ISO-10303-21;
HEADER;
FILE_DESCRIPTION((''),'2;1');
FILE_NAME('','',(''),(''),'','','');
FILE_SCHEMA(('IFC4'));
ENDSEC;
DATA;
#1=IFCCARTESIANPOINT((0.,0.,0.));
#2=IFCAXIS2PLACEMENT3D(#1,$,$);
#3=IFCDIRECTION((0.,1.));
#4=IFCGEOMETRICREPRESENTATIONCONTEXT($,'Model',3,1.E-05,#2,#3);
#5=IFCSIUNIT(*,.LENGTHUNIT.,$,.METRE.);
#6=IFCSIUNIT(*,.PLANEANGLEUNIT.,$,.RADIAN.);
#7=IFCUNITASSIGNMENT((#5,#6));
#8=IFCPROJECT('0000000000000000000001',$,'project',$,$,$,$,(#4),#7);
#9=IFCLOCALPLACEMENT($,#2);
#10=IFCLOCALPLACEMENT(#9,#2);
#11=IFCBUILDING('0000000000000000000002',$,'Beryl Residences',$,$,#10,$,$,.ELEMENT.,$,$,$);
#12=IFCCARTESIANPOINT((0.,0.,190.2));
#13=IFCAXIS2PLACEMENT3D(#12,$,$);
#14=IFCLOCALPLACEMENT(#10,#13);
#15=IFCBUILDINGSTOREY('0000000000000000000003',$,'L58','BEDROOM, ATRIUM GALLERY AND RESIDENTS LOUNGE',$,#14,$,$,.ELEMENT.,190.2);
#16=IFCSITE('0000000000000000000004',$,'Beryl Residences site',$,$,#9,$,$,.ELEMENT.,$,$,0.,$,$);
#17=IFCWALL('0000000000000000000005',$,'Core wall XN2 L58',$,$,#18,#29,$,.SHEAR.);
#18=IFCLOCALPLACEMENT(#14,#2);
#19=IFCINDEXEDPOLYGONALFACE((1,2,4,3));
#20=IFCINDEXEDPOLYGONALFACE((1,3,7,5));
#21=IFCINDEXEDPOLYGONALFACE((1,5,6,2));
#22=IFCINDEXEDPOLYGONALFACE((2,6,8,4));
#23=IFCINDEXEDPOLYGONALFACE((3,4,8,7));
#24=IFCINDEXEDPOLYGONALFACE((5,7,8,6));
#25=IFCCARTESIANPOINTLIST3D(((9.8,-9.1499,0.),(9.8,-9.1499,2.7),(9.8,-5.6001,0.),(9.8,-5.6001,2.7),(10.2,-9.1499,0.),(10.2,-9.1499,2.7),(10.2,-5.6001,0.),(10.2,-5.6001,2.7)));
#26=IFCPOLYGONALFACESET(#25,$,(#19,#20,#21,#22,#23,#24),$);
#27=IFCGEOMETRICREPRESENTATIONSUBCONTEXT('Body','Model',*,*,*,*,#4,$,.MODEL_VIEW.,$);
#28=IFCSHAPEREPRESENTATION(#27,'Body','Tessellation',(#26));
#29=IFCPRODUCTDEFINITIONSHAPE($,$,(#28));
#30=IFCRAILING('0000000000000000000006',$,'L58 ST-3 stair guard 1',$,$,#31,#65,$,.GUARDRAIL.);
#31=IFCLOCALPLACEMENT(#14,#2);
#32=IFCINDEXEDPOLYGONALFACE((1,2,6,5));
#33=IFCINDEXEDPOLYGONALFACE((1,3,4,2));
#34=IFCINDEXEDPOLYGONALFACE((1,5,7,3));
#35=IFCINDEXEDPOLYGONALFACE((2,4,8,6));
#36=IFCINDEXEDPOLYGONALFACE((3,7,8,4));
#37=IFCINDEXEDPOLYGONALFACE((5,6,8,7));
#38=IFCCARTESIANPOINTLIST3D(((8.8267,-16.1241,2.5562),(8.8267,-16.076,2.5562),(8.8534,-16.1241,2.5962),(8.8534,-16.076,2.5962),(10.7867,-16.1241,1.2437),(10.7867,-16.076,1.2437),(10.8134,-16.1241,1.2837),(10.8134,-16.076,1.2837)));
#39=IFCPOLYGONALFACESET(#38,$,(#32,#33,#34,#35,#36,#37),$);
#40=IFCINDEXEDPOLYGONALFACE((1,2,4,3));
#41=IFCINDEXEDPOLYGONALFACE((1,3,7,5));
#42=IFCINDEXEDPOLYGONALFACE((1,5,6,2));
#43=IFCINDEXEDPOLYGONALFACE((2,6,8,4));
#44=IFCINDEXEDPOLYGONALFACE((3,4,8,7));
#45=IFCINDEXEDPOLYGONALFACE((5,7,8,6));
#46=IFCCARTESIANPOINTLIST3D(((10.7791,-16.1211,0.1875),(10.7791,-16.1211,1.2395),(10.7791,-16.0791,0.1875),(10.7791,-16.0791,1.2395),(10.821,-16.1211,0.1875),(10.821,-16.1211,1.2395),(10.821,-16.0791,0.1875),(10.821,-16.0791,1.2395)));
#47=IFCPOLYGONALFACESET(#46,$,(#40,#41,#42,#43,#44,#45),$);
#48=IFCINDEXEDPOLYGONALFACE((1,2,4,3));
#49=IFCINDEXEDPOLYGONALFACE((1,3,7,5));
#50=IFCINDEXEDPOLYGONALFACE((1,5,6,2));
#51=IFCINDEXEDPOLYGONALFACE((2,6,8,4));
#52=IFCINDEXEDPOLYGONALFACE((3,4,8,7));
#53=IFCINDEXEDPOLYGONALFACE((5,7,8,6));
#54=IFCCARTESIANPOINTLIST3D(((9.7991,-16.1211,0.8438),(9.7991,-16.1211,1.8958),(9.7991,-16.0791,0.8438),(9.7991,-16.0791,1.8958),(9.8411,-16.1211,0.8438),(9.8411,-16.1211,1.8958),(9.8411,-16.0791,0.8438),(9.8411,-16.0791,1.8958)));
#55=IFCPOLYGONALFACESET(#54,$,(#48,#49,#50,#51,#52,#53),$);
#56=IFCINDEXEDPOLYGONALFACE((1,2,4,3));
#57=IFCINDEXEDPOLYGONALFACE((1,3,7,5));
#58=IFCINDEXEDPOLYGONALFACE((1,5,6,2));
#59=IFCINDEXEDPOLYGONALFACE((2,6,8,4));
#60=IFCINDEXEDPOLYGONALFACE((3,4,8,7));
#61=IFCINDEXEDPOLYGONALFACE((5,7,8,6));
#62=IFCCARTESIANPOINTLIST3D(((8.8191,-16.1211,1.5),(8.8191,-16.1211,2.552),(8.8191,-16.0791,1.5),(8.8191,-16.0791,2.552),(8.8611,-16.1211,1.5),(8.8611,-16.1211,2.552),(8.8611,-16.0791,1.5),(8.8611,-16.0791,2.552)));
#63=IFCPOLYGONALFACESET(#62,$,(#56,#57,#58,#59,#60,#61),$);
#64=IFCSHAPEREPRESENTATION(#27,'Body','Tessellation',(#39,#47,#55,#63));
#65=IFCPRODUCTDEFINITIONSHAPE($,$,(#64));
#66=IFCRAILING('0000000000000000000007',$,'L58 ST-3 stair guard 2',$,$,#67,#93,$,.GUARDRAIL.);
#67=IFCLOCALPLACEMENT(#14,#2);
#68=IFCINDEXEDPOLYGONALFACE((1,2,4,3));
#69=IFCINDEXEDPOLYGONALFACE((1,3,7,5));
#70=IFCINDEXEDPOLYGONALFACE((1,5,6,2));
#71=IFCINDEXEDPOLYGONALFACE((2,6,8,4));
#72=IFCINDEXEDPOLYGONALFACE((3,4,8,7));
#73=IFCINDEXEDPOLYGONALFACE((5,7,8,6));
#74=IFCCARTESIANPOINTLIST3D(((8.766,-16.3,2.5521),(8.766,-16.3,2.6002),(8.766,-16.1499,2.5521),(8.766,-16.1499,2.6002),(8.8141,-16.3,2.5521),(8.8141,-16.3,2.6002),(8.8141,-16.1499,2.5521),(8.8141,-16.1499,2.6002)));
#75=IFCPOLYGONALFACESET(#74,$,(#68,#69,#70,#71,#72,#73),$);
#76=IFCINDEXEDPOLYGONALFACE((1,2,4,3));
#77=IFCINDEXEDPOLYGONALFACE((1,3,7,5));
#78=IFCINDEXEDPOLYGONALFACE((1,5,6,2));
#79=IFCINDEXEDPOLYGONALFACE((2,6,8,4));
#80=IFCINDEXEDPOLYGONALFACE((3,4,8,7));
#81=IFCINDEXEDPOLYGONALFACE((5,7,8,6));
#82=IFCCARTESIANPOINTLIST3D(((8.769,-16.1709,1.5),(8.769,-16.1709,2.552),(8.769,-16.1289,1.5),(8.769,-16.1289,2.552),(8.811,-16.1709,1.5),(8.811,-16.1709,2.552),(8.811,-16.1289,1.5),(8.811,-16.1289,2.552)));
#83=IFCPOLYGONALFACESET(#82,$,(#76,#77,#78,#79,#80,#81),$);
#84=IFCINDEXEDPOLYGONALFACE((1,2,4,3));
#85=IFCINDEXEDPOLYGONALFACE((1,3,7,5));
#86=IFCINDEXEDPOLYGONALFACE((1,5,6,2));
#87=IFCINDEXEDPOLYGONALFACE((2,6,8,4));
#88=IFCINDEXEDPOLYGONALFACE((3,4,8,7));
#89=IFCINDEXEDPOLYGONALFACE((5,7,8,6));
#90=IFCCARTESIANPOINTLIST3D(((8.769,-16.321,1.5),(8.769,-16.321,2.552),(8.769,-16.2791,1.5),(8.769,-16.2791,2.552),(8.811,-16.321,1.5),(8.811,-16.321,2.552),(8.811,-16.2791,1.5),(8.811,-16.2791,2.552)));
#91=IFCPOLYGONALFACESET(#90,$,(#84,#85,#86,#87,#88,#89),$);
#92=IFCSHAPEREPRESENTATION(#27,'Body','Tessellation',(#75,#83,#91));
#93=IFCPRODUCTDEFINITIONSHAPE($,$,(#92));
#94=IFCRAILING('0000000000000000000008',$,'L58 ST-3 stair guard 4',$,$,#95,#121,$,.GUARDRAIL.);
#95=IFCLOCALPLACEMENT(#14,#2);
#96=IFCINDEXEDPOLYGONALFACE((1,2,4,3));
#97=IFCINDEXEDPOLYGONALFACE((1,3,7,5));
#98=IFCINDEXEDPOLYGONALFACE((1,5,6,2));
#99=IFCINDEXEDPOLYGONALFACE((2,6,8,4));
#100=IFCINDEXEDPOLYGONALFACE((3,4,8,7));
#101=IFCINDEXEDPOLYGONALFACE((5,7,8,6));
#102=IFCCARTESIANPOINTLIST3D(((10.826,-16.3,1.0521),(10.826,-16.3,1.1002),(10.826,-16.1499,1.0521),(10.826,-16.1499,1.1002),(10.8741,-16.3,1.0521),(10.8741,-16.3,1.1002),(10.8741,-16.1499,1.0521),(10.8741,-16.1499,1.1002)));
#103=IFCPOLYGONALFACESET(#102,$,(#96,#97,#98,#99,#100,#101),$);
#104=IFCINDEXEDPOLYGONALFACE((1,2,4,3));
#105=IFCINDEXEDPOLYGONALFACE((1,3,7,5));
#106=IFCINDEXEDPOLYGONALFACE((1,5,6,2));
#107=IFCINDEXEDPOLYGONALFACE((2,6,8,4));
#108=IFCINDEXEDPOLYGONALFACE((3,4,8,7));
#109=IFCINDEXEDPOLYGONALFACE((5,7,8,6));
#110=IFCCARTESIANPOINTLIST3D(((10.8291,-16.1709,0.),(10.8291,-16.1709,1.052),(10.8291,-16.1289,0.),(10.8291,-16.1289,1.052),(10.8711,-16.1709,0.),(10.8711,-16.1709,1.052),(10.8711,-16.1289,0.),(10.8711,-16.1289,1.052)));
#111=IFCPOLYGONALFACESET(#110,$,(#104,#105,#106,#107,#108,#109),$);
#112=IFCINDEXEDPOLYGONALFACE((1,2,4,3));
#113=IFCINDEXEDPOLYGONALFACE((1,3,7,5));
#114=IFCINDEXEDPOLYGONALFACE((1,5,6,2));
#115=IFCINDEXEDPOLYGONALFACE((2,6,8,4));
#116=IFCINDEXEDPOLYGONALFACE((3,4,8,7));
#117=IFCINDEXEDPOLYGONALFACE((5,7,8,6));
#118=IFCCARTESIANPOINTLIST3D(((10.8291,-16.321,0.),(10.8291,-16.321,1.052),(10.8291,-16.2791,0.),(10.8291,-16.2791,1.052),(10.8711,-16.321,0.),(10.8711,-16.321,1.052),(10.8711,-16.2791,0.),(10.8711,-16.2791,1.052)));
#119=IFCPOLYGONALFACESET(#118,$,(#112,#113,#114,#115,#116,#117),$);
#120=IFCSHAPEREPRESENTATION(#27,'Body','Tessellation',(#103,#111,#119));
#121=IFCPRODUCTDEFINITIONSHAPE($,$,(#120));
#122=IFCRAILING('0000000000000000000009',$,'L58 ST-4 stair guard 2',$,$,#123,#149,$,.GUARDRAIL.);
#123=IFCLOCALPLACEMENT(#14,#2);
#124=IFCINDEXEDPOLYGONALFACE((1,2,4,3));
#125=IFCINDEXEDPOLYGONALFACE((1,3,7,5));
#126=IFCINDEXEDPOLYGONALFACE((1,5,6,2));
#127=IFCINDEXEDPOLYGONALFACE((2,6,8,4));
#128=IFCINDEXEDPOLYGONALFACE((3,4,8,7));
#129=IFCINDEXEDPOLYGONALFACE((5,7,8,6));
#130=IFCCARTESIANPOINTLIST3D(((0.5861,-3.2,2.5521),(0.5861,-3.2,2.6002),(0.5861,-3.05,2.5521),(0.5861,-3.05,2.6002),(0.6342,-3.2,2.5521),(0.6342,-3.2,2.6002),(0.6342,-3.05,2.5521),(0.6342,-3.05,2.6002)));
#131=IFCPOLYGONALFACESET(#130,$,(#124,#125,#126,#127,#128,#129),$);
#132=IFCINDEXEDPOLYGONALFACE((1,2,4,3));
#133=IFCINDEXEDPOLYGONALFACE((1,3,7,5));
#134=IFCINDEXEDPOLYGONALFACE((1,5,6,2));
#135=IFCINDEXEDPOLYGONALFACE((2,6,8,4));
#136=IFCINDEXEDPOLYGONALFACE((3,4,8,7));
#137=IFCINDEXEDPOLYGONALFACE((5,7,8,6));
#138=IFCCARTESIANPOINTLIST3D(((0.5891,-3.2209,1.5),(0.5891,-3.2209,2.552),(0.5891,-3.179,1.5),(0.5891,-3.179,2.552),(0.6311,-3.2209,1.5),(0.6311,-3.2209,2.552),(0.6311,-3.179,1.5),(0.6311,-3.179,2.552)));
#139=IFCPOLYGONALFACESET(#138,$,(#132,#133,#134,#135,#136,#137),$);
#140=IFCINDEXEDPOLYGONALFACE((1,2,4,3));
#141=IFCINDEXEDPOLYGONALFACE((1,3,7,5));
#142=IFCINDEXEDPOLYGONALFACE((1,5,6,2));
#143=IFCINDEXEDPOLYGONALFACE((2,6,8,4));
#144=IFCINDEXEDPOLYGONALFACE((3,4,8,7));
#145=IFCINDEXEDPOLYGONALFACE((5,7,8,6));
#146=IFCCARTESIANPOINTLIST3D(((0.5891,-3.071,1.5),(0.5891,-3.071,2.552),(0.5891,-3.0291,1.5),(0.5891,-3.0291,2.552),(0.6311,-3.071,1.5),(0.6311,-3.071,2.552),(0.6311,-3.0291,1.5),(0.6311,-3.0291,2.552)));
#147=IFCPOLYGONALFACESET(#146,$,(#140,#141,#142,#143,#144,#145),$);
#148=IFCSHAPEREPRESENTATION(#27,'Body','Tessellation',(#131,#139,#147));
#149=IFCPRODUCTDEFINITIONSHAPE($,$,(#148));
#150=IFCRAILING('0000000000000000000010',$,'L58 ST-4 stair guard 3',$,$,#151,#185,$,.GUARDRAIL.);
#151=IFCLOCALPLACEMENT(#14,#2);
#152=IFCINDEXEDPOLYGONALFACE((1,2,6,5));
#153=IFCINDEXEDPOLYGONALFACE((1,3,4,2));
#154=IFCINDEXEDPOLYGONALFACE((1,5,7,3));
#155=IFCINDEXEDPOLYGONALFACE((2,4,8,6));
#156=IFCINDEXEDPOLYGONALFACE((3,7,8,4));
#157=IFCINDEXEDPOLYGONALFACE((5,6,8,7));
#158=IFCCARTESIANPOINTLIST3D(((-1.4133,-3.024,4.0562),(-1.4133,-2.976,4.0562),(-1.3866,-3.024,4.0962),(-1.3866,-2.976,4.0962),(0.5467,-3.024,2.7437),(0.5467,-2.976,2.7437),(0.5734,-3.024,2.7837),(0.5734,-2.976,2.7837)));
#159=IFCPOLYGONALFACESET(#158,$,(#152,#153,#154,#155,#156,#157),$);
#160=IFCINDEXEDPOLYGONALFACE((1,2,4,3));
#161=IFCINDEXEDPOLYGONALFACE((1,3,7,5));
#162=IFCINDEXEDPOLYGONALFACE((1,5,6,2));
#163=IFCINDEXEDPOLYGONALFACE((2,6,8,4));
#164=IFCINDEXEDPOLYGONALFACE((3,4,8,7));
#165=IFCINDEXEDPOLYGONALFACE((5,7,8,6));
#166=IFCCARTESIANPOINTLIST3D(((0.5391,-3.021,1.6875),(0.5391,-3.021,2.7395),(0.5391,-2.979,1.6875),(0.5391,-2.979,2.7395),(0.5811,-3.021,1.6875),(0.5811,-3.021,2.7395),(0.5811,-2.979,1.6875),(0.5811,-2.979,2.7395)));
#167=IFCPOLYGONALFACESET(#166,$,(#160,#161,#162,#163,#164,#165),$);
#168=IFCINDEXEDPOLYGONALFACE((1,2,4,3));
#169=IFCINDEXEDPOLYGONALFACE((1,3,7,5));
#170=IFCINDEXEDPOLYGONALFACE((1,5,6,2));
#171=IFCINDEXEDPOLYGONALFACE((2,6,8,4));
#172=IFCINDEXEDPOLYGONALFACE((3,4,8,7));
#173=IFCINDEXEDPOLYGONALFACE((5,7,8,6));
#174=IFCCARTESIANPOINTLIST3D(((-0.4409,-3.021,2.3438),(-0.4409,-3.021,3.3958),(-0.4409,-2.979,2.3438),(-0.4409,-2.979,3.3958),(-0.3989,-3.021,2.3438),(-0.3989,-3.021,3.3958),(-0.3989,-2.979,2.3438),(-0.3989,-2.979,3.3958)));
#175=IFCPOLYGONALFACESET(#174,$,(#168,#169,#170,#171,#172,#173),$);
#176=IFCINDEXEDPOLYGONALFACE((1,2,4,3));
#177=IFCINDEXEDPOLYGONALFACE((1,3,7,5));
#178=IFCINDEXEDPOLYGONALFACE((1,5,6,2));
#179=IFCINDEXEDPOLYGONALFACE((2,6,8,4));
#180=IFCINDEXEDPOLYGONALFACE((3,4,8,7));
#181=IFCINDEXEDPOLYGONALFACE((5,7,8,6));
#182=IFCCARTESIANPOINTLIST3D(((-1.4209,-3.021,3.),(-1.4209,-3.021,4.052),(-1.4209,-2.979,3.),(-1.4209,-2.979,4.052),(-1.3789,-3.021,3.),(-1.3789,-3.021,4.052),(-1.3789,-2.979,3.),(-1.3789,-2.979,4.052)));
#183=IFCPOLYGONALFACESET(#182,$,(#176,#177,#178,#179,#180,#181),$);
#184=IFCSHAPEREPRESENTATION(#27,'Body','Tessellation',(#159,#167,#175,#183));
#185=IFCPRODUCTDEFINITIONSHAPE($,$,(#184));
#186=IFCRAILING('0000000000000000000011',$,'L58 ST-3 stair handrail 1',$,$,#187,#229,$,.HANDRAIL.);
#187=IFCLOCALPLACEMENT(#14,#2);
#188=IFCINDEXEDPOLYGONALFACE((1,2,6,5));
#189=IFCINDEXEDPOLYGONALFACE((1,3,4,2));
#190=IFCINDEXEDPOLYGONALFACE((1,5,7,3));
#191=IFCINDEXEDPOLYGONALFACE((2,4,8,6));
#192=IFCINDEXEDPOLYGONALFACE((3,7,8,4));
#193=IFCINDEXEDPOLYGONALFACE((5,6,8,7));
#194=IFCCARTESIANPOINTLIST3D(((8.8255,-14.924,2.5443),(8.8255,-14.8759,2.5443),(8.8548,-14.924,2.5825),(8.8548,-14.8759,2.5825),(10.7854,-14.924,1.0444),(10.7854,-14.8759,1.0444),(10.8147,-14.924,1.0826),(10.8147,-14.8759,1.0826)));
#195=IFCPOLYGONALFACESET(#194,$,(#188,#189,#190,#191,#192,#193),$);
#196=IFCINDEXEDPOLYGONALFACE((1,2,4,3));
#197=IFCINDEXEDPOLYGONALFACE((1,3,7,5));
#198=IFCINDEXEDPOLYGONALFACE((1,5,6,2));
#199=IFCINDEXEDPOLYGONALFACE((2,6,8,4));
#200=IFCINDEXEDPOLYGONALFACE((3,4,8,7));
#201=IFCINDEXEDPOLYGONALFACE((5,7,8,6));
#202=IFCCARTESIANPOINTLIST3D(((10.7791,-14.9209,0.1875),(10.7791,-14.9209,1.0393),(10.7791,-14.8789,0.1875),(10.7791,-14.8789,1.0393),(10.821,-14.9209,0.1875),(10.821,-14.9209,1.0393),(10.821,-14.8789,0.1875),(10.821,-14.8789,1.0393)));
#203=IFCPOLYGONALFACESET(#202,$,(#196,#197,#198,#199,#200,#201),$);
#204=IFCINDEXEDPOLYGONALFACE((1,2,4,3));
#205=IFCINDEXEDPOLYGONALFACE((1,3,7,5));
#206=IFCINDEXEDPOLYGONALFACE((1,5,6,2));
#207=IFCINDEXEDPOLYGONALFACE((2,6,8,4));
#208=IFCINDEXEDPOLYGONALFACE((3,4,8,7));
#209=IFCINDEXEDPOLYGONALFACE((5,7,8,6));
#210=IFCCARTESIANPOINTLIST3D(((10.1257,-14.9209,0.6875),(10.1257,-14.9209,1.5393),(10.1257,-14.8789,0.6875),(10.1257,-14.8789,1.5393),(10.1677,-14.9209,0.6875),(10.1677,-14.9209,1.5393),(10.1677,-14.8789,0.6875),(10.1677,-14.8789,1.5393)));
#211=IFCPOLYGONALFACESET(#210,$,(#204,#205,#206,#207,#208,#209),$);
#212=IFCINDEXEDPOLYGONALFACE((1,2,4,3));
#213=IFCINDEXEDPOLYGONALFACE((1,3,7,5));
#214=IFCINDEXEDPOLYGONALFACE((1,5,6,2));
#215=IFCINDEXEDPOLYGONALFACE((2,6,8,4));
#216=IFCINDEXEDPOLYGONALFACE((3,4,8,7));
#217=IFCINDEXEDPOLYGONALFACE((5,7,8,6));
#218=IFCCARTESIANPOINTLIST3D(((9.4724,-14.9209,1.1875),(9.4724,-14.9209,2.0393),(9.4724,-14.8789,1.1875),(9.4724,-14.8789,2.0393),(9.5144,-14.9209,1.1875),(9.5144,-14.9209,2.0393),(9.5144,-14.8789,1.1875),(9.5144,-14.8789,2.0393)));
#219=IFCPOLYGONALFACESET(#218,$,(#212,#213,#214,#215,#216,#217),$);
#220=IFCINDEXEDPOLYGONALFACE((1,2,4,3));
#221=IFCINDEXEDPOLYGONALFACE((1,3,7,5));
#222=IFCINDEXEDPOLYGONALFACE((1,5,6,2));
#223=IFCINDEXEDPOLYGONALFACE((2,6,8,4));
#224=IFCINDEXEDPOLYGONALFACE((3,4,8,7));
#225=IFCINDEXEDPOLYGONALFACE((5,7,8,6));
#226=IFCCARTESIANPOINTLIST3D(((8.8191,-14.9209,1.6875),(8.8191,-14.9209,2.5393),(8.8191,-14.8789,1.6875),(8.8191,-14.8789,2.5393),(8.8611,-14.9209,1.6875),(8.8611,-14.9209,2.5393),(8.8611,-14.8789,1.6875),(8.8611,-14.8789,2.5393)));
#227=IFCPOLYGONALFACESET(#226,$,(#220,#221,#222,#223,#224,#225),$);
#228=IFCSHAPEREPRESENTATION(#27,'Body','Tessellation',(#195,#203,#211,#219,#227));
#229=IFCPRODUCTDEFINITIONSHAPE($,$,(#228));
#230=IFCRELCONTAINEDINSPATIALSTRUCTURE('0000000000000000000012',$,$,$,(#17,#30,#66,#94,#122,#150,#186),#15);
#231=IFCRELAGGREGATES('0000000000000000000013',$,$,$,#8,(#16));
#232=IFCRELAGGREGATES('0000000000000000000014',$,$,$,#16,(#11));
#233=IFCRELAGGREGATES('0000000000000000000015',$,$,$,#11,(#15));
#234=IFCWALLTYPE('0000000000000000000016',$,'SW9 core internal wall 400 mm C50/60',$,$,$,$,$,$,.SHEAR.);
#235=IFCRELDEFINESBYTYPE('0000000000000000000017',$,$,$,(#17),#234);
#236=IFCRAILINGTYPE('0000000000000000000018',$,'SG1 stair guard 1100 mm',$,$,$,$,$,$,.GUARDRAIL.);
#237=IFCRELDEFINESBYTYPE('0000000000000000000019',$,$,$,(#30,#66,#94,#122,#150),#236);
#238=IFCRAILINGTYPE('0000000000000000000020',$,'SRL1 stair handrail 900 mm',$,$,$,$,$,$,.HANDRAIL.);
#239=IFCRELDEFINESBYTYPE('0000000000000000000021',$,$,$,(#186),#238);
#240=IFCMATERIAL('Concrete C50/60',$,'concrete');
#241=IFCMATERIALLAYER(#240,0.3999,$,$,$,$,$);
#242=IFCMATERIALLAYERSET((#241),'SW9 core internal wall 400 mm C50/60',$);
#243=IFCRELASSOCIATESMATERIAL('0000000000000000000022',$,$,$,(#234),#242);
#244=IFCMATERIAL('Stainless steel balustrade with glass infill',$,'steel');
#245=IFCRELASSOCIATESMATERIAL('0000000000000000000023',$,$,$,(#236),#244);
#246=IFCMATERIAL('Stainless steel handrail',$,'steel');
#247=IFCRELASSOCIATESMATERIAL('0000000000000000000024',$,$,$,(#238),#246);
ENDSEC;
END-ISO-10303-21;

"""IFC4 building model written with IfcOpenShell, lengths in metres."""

from ifc_helpers import new_model, si_unit, direction, frame, frame_2d, origin, origin_2d, place, context, subcontext, project, spatial, rectangle, extrude, material, layer, layer_set, type_object, element, save


model = new_model("IFC4")

# Units and contexts
model_context = context("Model", 3, precision=1e-05, world=origin(), true_north=direction((0.0, 1.0)))
body_context = subcontext(model_context, "Body", "Model", "MODEL_VIEW")
ifc_project = project(units=[si_unit("LENGTHUNIT", "METRE"), si_unit("PLANEANGLEUNIT", "RADIAN")], contexts=[model_context])

# Site, building, storey
site_placement = place(None, origin())
site = spatial("IfcSite", under=ifc_project, at=site_placement, Name="Beryl Residences site", CompositionType="ELEMENT", RefElevation=0.0)
building_placement = place(site_placement, origin())
building = spatial("IfcBuilding", under=site, at=building_placement, Name="Beryl Residences", CompositionType="ELEMENT")
storey_placement = place(building_placement, frame((0.0, 0.0, 190.2)))
storey = spatial("IfcBuildingStorey", under=building, at=storey_placement, Name="L58", Description="BEDROOM, ATRIUM GALLERY AND RESIDENTS LOUNGE", CompositionType="ELEMENT", Elevation=190.2)

# Wall
ifc_material_1 = material(Name="Concrete C50/60", Category="concrete")
ifc_layer_1 = layer(ifc_material_1, 0.3999)
ifc_layer_set_1 = layer_set([ifc_layer_1], Name="SW9 core internal wall 400 mm C50/60")
wall_type_1 = type_object("IfcWallType", Name="SW9 core internal wall 400 mm C50/60", PredefinedType="SHEAR", material=ifc_layer_set_1)
wall_1_placement = place(storey_placement, frame((10.0, -9.1499, 0.0), z_axis=(0.0, 0.0, 1.0), x_axis=(0.0, 1.0, 0.0)))
element("IfcWall", 1, at=wall_1_placement, inside=storey, type_object=wall_type_1, Name="Core wall XN2 L58", PredefinedType="SHEAR", context=body_context, shape_type="SweptSolid", body=[
    extrude(rectangle(XDim=3.5498, YDim=0.3999, at=frame_2d((1.7749, 0.0))), origin(), (0.0, 0.0, 1.0), 2.7),
])

# Railings
ifc_material_2 = material(Name="Stainless steel balustrade with glass infill", Category="steel")
railing_type_1 = type_object("IfcRailingType", Name="SG1 stair guard 1100 mm", PredefinedType="GUARDRAIL", material=ifc_material_2)
railing_1_placement = place(storey_placement, frame((10.8, -16.1001, 0.1875)))
element("IfcRailing", 2, at=railing_1_placement, inside=storey, type_object=railing_type_1, Name="L58 ST-3 stair guard 1", PredefinedType="GUARDRAIL", context=body_context, shape_type="SweptSolid", body=[
    extrude(rectangle(XDim=0.0481, YDim=0.0481, at=origin_2d()), frame((0.0, 0.0, 1.0762), z_axis=(-0.830902, 0.0, 0.556419), x_axis=(0.0, -1.0, 0.0)), (0.0, 0.0, 1.0), 2.3589),
    extrude(rectangle(XDim=0.042, YDim=0.042, at=origin_2d()), origin(), (0.0, 0.0, 1.0), 1.052),
    extrude(rectangle(XDim=0.042, YDim=0.042, at=origin_2d()), frame((-0.98, 0.0, 0.6562)), (0.0, 0.0, 1.0), 1.052),
    extrude(rectangle(XDim=0.042, YDim=0.042, at=origin_2d()), frame((-1.96, 0.0, 1.3125)), (0.0, 0.0, 1.0), 1.052),
])
for number, where, name in (
    (3, (8.79, -16.1499, 1.5), "L58 ST-3 stair guard 2"),
    (4, (10.8501, -16.1499, 0.0), "L58 ST-3 stair guard 4"),
):
    element("IfcRailing", number, at=place(storey_placement, frame(where)), inside=storey, type_object=railing_type_1, Name=name, PredefinedType="GUARDRAIL", context=body_context, shape_type="SweptSolid", body=[
        extrude(rectangle(XDim=0.0481, YDim=0.0481, at=origin_2d()), frame((0.0, 0.0, 1.0762), z_axis=(0.0, -1.0, 0.0), x_axis=(1.0, 0.0, 0.0)), (0.0, 0.0, 1.0), 0.1501),
        extrude(rectangle(XDim=0.042, YDim=0.042, at=origin_2d()), origin(), (0.0, 0.0, 1.0), 1.052),
        extrude(rectangle(XDim=0.042, YDim=0.042, at=origin_2d()), frame((0.0, -0.1501, 0.0)), (0.0, 0.0, 1.0), 1.052),
    ])
railing_2_placement = place(storey_placement, frame((0.6101, -3.2, 1.5)))
element("IfcRailing", 5, at=railing_2_placement, inside=storey, type_object=railing_type_1, Name="L58 ST-4 stair guard 2", PredefinedType="GUARDRAIL", context=body_context, shape_type="SweptSolid", body=[
    extrude(rectangle(XDim=0.0481, YDim=0.0481, at=origin_2d()), frame((0.0, 0.0, 1.0762), z_axis=(0.0, 1.0, 0.0), x_axis=(-1.0, 0.0, 0.0)), (0.0, 0.0, 1.0), 0.1499),
    extrude(rectangle(XDim=0.042, YDim=0.042, at=origin_2d()), origin(), (0.0, 0.0, 1.0), 1.052),
    extrude(rectangle(XDim=0.042, YDim=0.042, at=origin_2d()), frame((0.0, 0.1499, 0.0)), (0.0, 0.0, 1.0), 1.052),
])
railing_3_placement = place(storey_placement, frame((0.5601, -3.0, 1.6875)))
element("IfcRailing", 6, at=railing_3_placement, inside=storey, type_object=railing_type_1, Name="L58 ST-4 stair guard 3", PredefinedType="GUARDRAIL", context=body_context, shape_type="SweptSolid", body=[
    extrude(rectangle(XDim=0.0481, YDim=0.0481, at=origin_2d()), frame((0.0, 0.0, 1.0762), z_axis=(-0.830902, 0.0, 0.556419), x_axis=(0.0, -1.0, 0.0)), (0.0, 0.0, 1.0), 2.3589),
    extrude(rectangle(XDim=0.042, YDim=0.042, at=origin_2d()), origin(), (0.0, 0.0, 1.0), 1.052),
    extrude(rectangle(XDim=0.042, YDim=0.042, at=origin_2d()), frame((-0.98, 0.0, 0.6562)), (0.0, 0.0, 1.0), 1.052),
    extrude(rectangle(XDim=0.042, YDim=0.042, at=origin_2d()), frame((-1.96, 0.0, 1.3125)), (0.0, 0.0, 1.0), 1.052),
])
ifc_material_3 = material(Name="Stainless steel handrail", Category="steel")
railing_type_2 = type_object("IfcRailingType", Name="SRL1 stair handrail 900 mm", PredefinedType="HANDRAIL", material=ifc_material_3)
railing_4_placement = place(storey_placement, frame((10.8, -14.8999, 0.1875)))
element("IfcRailing", 7, at=railing_4_placement, inside=storey, type_object=railing_type_2, Name="L58 ST-3 stair handrail 1", PredefinedType="HANDRAIL", context=body_context, shape_type="SweptSolid", body=[
    extrude(rectangle(XDim=0.0481, YDim=0.0481, at=origin_2d()), frame((0.0, 0.0, 0.876), z_axis=(-0.794122, 0.0, 0.607758), x_axis=(0.0, -1.0, 0.0)), (0.0, 0.0, 1.0), 2.468),
    extrude(rectangle(XDim=0.042, YDim=0.042, at=origin_2d()), origin(), (0.0, 0.0, 1.0), 0.8518),
    extrude(rectangle(XDim=0.042, YDim=0.042, at=origin_2d()), frame((-0.6533, 0.0, 0.5)), (0.0, 0.0, 1.0), 0.8518),
    extrude(rectangle(XDim=0.042, YDim=0.042, at=origin_2d()), frame((-1.3066, 0.0, 1.0)), (0.0, 0.0, 1.0), 0.8518),
    extrude(rectangle(XDim=0.042, YDim=0.042, at=origin_2d()), frame((-1.96, 0.0, 1.5)), (0.0, 0.0, 1.0), 0.8518),
])

save(model, "model.ifc")
